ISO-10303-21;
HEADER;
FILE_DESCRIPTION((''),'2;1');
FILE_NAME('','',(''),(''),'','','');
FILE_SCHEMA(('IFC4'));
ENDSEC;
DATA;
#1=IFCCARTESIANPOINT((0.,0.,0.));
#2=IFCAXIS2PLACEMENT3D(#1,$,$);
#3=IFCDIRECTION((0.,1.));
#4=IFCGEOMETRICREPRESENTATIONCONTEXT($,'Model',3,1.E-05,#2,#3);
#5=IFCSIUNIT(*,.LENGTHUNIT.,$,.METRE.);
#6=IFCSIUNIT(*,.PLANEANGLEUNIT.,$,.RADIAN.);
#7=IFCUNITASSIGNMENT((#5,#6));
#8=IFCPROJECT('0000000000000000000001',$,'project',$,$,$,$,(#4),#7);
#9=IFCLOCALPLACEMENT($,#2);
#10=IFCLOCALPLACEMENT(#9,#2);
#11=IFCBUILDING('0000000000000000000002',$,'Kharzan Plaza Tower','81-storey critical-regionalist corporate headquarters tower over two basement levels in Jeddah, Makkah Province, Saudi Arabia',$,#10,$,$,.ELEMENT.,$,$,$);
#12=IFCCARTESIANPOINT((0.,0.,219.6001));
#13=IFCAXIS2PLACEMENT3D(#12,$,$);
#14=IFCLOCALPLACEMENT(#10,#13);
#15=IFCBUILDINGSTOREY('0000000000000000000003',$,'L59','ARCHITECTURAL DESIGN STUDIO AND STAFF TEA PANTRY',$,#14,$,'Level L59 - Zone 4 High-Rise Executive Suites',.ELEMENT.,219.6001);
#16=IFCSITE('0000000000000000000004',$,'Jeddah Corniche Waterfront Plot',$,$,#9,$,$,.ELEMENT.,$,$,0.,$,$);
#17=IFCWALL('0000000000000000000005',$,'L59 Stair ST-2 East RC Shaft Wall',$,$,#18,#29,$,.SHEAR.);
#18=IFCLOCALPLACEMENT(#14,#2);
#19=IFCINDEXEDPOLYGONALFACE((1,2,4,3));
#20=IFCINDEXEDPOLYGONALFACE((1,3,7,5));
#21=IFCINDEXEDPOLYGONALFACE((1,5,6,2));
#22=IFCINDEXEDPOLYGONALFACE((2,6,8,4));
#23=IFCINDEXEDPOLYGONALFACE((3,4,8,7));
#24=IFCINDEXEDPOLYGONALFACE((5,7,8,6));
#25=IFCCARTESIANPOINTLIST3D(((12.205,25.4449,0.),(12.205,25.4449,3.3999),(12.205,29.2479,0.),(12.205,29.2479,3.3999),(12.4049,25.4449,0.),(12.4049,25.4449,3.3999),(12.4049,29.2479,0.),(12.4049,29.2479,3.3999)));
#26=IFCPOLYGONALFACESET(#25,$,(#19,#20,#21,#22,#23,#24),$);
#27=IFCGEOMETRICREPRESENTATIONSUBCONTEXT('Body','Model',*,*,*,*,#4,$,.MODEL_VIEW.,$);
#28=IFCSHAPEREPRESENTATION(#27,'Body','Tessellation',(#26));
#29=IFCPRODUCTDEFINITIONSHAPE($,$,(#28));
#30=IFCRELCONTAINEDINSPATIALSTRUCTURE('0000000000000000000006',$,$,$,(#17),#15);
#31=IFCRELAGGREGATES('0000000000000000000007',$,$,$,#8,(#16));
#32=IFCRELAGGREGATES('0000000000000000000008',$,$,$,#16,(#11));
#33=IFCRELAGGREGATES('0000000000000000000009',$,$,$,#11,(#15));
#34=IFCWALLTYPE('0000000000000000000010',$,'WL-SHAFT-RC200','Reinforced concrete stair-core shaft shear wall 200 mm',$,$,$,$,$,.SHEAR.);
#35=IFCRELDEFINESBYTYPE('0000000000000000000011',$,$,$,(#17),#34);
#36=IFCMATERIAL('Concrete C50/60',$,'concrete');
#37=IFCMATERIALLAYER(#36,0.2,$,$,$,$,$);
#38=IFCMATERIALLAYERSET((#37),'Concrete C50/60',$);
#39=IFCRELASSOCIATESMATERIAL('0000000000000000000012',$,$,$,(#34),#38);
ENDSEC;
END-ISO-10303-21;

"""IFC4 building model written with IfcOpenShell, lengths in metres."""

from ifc_helpers import new_model, si_unit, direction, frame, frame_2d, origin, place, context, subcontext, project, spatial, rectangle, extrude, source, transform, mapped, material, layer, layer_set, type_object, element, save


model = new_model("IFC4")

# Units and contexts
model_context = context("Model", 3, precision=1e-05, world=origin(), true_north=direction((0.0, 1.0)))
body_context = subcontext(model_context, "Body", "Model", "MODEL_VIEW")
ifc_project = project(units=[si_unit("LENGTHUNIT", "METRE"), si_unit("PLANEANGLEUNIT", "RADIAN")], contexts=[model_context])

# Site, building, storey
site_placement = place(None, origin())
site = spatial("IfcSite", under=ifc_project, at=site_placement, Name="Jeddah Corniche Waterfront Plot", CompositionType="ELEMENT", RefElevation=0.0)
building_placement = place(site_placement, origin())
building = spatial("IfcBuilding", under=site, at=building_placement, Name="Kharzan Plaza Tower", Description="81-storey critical-regionalist corporate headquarters tower over two basement levels in Jeddah, Makkah Province, Saudi Arabia", CompositionType="ELEMENT")
storey_placement = place(building_placement, frame((0.0, 0.0, 219.6001)))
storey = spatial("IfcBuildingStorey", under=building, at=storey_placement, Name="L59", Description="ARCHITECTURAL DESIGN STUDIO AND STAFF TEA PANTRY", LongName="Level L59 - Zone 4 High-Rise Executive Suites", CompositionType="ELEMENT", Elevation=219.6001)

# Wall
ifc_material_1 = material(Name="Concrete C50/60", Category="concrete")
ifc_layer_1 = layer(ifc_material_1, 0.2)
ifc_layer_set_1 = layer_set([ifc_layer_1], Name="Concrete C50/60")
wall_type_1 = type_object("IfcWallType", Name="WL-SHAFT-RC200", Description="Reinforced concrete stair-core shaft shear wall 200 mm", PredefinedType="SHEAR", material=ifc_layer_set_1)
shared_shape_1 = source(origin(), body_context, "Body", "SweptSolid", [
    extrude(rectangle(XDim=3.803, YDim=0.2, at=frame_2d((1.9014, 0.0))), origin(), (0.0, 0.0, 1.0), 3.3999),
])
wall_1_placement = place(storey_placement, frame((12.3049, 25.4451, 0.0), z_axis=(0.0, 0.0, 1.0), x_axis=(0.0, 1.0, 0.0)))
element("IfcWall", 1, at=wall_1_placement, inside=storey, type_object=wall_type_1, Name="L59 Stair ST-2 East RC Shaft Wall", PredefinedType="SHEAR", context=body_context, shape_type="MappedRepresentation", body=[
    mapped(shared_shape_1, transform((0.0, 0.0, 0.0), x_axis=(1.0, 0.0, 0.0), y_axis=(0.0, 1.0, 0.0), z_axis=(0.0, 0.0, 1.0))),
])

save(model, "model.ifc")
